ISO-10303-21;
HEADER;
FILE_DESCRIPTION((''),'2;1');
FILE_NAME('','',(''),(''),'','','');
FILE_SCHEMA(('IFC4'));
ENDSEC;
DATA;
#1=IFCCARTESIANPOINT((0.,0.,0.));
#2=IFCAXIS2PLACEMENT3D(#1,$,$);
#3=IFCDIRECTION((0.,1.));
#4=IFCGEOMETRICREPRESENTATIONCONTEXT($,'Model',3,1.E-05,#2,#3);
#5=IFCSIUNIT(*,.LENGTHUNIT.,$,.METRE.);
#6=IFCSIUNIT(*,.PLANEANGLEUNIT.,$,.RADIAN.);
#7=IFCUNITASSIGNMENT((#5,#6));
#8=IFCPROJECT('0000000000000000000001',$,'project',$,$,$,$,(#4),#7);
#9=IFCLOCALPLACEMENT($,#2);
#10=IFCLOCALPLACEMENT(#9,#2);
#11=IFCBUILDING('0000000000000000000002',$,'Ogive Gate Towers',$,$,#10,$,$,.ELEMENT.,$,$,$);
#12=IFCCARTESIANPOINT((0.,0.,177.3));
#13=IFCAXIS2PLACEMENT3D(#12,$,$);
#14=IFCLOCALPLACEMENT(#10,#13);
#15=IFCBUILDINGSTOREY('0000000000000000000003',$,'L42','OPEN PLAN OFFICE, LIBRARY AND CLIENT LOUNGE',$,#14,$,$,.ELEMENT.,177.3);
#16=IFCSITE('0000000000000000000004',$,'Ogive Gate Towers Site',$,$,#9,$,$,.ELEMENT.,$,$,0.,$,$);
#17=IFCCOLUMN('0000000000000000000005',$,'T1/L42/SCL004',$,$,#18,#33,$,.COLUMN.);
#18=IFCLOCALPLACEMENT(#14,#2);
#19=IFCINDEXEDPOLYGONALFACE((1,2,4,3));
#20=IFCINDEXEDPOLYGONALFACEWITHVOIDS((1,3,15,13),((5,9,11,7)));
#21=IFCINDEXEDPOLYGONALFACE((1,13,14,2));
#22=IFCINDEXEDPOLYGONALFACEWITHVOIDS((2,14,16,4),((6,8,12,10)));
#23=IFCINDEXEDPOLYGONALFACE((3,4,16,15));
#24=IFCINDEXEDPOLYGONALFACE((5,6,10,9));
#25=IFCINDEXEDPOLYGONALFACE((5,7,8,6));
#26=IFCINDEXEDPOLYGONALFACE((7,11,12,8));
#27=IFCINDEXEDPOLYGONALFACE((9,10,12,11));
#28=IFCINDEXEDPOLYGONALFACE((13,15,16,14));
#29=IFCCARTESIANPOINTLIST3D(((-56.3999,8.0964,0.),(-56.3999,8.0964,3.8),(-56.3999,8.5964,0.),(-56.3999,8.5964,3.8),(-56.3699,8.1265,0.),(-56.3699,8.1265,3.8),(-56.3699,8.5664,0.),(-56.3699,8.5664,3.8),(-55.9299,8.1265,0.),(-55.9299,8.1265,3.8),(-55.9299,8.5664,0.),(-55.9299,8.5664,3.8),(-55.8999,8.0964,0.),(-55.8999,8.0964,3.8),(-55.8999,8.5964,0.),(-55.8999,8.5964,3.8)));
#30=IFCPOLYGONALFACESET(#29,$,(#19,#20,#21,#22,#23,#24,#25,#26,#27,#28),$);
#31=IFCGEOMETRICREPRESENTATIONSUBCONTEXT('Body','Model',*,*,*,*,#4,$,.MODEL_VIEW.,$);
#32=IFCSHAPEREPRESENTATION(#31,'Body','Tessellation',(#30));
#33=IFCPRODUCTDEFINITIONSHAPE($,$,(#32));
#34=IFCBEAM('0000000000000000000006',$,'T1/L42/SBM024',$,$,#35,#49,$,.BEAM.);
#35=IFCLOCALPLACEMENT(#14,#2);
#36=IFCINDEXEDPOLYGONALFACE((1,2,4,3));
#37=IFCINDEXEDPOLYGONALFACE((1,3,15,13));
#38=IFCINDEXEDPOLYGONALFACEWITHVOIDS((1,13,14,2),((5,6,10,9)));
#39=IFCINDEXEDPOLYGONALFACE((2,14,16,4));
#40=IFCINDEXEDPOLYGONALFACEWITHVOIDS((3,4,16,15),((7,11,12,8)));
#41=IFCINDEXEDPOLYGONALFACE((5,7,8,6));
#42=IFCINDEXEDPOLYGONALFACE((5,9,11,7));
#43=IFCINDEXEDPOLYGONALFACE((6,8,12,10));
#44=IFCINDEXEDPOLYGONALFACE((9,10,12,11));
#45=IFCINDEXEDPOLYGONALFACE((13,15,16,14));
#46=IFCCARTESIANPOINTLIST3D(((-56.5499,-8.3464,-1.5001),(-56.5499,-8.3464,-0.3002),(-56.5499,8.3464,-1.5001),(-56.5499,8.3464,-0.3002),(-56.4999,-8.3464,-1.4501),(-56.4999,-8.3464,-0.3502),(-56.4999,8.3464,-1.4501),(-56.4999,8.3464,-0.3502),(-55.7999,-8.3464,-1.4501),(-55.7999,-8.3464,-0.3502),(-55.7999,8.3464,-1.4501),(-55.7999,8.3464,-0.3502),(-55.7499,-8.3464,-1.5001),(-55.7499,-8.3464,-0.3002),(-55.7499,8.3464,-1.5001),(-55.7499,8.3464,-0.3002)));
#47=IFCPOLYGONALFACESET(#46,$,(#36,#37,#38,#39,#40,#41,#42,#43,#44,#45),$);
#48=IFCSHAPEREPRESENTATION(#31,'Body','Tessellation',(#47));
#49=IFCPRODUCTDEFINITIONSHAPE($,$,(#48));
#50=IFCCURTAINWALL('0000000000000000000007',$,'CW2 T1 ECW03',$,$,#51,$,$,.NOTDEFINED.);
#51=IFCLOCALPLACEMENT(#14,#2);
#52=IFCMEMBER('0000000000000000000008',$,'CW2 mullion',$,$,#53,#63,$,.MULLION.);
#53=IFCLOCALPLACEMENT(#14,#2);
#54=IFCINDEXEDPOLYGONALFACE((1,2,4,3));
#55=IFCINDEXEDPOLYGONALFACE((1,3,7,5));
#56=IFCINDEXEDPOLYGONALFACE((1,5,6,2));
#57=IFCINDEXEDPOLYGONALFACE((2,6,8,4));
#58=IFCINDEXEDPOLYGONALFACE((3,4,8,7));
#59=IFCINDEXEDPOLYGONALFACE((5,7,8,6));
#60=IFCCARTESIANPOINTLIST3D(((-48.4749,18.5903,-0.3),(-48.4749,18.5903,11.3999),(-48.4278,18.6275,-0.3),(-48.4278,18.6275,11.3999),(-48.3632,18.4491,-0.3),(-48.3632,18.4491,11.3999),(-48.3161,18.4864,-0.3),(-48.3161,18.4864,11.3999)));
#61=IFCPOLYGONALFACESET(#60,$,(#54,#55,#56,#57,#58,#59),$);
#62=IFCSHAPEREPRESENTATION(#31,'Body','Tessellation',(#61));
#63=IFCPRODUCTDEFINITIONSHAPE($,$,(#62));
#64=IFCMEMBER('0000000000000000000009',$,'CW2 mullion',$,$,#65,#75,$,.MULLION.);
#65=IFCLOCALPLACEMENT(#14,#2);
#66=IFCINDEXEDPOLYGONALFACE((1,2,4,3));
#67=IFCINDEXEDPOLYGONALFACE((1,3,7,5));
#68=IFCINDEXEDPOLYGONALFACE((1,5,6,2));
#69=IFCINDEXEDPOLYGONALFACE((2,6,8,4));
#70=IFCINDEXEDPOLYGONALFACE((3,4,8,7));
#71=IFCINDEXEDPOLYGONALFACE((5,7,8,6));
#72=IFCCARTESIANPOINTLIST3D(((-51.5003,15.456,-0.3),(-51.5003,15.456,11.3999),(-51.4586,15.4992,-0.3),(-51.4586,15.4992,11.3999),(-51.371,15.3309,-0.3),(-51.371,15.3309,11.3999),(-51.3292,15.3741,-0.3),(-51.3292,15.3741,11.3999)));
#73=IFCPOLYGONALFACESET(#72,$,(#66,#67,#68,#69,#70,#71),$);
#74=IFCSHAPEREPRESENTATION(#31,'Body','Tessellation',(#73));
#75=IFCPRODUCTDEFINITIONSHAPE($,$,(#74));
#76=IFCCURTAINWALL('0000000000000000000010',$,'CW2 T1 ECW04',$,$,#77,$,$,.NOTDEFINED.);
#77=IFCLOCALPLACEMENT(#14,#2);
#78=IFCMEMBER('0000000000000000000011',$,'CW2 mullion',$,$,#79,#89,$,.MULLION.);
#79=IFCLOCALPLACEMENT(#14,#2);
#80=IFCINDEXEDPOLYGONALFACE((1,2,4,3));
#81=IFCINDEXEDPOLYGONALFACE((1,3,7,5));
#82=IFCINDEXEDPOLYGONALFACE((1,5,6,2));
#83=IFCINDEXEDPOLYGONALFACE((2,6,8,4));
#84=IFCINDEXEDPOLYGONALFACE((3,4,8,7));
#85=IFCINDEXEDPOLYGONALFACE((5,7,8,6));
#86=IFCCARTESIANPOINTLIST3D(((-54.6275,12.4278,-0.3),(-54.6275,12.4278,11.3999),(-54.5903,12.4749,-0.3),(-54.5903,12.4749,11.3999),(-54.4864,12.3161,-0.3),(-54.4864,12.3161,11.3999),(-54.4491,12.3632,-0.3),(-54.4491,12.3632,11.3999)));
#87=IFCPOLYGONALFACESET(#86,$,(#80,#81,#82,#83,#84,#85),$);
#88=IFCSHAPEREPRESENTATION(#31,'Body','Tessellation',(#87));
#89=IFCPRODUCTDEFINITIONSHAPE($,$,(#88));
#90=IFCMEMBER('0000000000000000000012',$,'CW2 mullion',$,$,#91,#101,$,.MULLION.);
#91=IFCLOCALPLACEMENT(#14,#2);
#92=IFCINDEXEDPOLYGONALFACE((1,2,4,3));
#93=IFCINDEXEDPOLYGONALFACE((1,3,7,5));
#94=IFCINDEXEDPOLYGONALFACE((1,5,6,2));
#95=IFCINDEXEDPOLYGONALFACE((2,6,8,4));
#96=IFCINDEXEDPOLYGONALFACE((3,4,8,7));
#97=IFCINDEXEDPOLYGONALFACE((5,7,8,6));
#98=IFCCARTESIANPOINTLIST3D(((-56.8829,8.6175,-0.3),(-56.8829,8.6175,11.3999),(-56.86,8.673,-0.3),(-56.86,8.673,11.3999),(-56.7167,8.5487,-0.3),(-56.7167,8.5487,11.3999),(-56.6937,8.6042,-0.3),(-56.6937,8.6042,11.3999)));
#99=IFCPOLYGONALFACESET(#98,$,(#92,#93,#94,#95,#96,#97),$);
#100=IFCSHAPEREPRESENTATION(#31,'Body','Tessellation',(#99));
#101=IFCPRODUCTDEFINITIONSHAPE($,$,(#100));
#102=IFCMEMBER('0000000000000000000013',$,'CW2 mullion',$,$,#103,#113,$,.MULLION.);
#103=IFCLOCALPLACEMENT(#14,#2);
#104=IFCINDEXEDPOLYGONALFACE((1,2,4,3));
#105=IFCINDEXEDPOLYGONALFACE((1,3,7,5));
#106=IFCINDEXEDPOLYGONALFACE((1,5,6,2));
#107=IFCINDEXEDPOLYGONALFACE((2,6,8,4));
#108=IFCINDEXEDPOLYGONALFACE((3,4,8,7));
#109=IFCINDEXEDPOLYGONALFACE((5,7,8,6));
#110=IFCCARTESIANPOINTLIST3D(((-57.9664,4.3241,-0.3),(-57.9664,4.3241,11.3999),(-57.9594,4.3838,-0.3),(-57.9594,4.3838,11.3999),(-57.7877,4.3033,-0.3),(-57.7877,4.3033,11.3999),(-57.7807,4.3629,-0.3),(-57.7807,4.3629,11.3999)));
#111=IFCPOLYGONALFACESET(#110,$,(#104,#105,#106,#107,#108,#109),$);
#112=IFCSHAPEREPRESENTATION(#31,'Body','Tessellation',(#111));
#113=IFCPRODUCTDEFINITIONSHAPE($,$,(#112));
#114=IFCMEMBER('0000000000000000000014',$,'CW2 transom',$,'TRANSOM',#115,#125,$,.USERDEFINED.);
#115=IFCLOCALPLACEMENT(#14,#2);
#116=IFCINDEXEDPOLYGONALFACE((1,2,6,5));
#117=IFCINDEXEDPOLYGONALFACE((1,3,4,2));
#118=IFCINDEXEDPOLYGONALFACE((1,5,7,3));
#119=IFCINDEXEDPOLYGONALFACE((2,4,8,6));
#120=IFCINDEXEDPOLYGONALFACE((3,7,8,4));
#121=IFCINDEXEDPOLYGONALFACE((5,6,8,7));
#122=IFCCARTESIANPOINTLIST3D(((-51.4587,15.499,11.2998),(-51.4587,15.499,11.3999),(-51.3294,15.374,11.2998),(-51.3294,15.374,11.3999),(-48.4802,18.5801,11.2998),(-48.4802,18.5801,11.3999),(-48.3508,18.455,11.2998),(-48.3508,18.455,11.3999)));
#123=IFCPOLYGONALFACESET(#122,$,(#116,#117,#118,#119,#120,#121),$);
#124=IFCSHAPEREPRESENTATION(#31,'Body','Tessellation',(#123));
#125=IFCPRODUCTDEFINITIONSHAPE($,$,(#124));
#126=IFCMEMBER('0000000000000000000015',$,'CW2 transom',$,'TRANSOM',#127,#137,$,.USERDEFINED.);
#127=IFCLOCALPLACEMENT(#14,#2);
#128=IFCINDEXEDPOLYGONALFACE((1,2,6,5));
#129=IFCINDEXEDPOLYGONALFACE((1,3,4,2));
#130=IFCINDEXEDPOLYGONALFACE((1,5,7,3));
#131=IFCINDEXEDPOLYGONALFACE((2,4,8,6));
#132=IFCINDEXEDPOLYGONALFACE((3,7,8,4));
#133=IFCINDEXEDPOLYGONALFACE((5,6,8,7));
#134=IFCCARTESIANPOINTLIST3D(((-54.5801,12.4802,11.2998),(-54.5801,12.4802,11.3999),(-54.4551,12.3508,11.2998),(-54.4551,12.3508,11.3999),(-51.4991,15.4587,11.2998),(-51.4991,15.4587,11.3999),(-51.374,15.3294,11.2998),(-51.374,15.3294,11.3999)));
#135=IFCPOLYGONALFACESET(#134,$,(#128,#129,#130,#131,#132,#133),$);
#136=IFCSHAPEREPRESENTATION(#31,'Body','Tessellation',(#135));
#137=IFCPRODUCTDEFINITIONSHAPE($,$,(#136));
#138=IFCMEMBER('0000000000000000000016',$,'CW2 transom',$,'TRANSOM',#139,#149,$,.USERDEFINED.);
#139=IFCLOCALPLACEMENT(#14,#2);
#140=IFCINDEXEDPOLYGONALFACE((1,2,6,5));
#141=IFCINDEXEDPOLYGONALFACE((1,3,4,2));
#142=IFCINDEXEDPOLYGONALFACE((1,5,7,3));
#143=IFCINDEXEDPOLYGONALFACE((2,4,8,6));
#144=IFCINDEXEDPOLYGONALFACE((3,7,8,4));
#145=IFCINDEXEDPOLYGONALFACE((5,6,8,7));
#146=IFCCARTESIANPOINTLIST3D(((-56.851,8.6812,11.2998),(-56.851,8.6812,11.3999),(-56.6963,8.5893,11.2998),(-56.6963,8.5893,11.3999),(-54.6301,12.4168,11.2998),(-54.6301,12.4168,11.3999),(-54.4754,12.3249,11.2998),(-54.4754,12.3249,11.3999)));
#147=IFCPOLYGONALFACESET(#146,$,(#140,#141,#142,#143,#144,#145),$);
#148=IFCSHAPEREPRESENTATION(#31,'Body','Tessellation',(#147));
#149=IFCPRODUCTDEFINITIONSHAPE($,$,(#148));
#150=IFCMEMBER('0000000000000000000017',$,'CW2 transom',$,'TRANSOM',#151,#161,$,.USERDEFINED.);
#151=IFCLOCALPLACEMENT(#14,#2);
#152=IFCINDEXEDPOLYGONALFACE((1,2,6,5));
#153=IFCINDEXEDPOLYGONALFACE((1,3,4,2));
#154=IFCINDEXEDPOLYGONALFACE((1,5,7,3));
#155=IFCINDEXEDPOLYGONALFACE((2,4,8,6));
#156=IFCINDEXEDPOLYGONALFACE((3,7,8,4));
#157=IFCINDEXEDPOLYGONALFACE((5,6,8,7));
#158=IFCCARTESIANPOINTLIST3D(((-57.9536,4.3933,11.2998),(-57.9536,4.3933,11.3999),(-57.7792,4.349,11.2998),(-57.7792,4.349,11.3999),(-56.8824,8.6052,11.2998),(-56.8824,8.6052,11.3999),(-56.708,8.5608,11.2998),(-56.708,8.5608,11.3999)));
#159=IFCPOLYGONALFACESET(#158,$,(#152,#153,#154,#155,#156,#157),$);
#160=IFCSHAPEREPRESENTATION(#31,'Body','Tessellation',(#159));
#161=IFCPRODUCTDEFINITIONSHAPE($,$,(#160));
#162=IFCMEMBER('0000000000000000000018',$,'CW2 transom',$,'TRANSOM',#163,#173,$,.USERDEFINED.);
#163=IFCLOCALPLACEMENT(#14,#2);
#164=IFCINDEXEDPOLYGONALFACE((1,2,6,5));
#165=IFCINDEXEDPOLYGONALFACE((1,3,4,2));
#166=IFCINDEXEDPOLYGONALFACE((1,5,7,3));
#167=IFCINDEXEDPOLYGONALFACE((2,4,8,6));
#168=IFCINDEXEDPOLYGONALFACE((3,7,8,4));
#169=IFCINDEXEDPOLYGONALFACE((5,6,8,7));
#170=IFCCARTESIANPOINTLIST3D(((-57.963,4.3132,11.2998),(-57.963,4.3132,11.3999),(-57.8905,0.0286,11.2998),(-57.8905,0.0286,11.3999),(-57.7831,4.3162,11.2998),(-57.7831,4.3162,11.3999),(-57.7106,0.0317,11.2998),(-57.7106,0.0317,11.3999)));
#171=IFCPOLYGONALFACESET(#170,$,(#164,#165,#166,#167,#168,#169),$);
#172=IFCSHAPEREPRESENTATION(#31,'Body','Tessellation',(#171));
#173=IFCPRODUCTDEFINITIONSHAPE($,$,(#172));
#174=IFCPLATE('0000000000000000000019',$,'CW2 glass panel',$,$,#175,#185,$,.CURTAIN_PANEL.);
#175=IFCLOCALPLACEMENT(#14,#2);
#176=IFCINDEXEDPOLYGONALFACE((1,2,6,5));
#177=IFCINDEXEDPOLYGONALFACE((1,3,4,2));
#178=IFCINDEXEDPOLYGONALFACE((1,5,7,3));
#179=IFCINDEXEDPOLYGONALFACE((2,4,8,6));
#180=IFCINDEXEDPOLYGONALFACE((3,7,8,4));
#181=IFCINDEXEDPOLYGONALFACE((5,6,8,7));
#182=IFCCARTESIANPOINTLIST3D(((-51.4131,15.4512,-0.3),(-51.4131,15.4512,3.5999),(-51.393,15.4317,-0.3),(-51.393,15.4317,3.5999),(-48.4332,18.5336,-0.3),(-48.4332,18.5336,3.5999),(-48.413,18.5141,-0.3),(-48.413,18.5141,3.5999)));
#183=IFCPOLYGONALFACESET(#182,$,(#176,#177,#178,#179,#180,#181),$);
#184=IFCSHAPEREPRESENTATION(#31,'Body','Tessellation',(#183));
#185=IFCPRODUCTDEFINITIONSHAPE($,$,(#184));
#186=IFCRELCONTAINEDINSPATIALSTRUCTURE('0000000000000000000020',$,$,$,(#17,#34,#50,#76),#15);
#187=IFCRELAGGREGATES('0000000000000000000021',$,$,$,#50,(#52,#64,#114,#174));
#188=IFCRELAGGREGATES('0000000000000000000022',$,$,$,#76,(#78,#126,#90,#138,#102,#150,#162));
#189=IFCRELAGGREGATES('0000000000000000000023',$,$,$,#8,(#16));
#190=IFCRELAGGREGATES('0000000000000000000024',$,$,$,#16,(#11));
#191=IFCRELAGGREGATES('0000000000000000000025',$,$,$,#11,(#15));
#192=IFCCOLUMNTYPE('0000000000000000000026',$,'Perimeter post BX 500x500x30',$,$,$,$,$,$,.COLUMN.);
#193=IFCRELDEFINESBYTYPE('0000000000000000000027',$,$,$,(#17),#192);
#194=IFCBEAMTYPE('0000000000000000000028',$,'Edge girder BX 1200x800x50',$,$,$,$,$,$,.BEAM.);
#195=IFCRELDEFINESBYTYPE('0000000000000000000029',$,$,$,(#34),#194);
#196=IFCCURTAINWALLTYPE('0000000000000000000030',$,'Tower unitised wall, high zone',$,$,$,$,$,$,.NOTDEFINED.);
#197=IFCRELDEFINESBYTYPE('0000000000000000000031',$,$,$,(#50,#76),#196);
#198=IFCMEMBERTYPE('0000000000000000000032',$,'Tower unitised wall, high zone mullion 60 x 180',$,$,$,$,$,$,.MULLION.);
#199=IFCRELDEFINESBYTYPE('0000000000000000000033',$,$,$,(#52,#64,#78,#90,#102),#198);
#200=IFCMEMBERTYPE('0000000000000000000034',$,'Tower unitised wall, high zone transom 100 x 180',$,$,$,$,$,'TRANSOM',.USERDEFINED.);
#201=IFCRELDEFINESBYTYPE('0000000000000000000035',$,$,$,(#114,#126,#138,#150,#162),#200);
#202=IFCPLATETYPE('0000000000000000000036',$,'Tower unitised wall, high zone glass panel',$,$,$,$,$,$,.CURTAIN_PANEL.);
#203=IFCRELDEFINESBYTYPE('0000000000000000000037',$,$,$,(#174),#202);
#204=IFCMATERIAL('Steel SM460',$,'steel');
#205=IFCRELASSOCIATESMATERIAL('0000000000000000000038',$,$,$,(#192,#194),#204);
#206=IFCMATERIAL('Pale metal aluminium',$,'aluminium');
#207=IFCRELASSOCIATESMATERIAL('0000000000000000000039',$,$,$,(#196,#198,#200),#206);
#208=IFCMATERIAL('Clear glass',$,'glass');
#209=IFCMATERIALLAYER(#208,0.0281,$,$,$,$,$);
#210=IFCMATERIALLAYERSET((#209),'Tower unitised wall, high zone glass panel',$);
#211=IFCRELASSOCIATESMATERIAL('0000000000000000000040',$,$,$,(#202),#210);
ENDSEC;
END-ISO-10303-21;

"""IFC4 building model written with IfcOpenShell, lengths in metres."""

from ifc_helpers import new_model, si_unit, direction, frame, origin, origin_2d, place, context, subcontext, project, spatial, rectangle, hollow_rectangle, extrude, material, layer, layer_set, material_profile, profile_set, type_object, element, aggregate, save


model = new_model("IFC4")

# Units and contexts
model_context = context("Model", 3, precision=1e-05, world=origin(), true_north=direction((0.0, 1.0)))
body_context = subcontext(model_context, "Body", "Model", "MODEL_VIEW")
ifc_project = project(units=[si_unit("LENGTHUNIT", "METRE"), si_unit("PLANEANGLEUNIT", "RADIAN")], contexts=[model_context])

# Site, building, storey
site_placement = place(None, origin())
site = spatial("IfcSite", under=ifc_project, at=site_placement, Name="Ogive Gate Towers Site", CompositionType="ELEMENT", RefElevation=0.0)
building_placement = place(site_placement, origin())
building = spatial("IfcBuilding", under=site, at=building_placement, Name="Ogive Gate Towers", CompositionType="ELEMENT")
storey_placement = place(building_placement, frame((0.0, 0.0, 177.3)))
storey = spatial("IfcBuildingStorey", under=building, at=storey_placement, Name="L42", Description="OPEN PLAN OFFICE, LIBRARY AND CLIENT LOUNGE", CompositionType="ELEMENT", Elevation=177.3)

# Column
ifc_material_1 = material(Name="Steel SM460", Category="steel")
ifc_material_profile_1 = material_profile(ifc_material_1, hollow_rectangle(XDim=0.5, YDim=0.5, WallThickness=0.03, at=origin_2d()), Name="BX 500x500x30")
ifc_profile_set_1 = profile_set([ifc_material_profile_1], Name="Steel SM460")
column_type = type_object("IfcColumnType", Name="Perimeter post BX 500x500x30", PredefinedType="COLUMN", material=ifc_profile_set_1)
column_placement = place(storey_placement, frame((-56.1499, 8.3464, 0.0), z_axis=(0.0, 0.0, 1.0), x_axis=(1.0, 0.0, 0.0)))
element("IfcColumn", 1, at=column_placement, inside=storey, type_object=column_type, Name="T1/L42/SCL004", PredefinedType="COLUMN", context=body_context, shape_type="SweptSolid", body=[
    extrude(hollow_rectangle(XDim=0.5, YDim=0.5, WallThickness=0.03, at=origin_2d()), origin(), (0.0, 0.0, 1.0), 3.8),
])

# Beam
ifc_material_profile_2 = material_profile(ifc_material_1, hollow_rectangle(XDim=0.8, YDim=1.2, WallThickness=0.05, at=origin_2d()), Name="BX 1200x800x50")
ifc_profile_set_2 = profile_set([ifc_material_profile_2], Name="Steel SM460")
beam_type = type_object("IfcBeamType", Name="Edge girder BX 1200x800x50", PredefinedType="BEAM", material=ifc_profile_set_2)
beam_placement = place(storey_placement, frame((-56.1499, 8.3464, -0.9001), z_axis=(0.0, -1.0, 0.0), x_axis=(1.0, 0.0, 0.0)))
element("IfcBeam", 2, at=beam_placement, inside=storey, type_object=beam_type, Name="T1/L42/SBM024", PredefinedType="BEAM", context=body_context, shape_type="SweptSolid", body=[
    extrude(hollow_rectangle(XDim=0.8, YDim=1.2, WallThickness=0.05, at=origin_2d()), origin(), (0.0, 0.0, 1.0), 16.6929),
])

# Curtain walls, members
ifc_material_2 = material(Name="Pale metal aluminium", Category="aluminium")
curtain_wall_type = type_object("IfcCurtainWallType", Name="Tower unitised wall, high zone", PredefinedType="NOTDEFINED", material=ifc_material_2)
curtain_wall_1_placement = place(storey_placement, origin())
curtain_wall_1 = element("IfcCurtainWall", 3, at=curtain_wall_1_placement, inside=storey, type_object=curtain_wall_type, Name="CW2 T1 ECW03", PredefinedType="NOTDEFINED")
ifc_material_profile_3 = material_profile(ifc_material_2, rectangle(XDim=0.1799, YDim=0.0601, at=origin_2d()), Name="60 x 180 aluminium box")
ifc_profile_set_3 = profile_set([ifc_material_profile_3], Name="Pale metal aluminium")
member_type_1 = type_object("IfcMemberType", Name="Tower unitised wall, high zone mullion 60 x 180", PredefinedType="MULLION", material=ifc_profile_set_3)
member_1_placement = place(storey_placement, frame((-48.3955, 18.5383, -0.3), z_axis=(0.0, 0.0, 1.0), x_axis=(-0.620464, 0.784235, 0.0)))
member_1 = element("IfcMember", 4, at=member_1_placement, type_object=member_type_1, Name="CW2 mullion", PredefinedType="MULLION", context=body_context, shape_type="SweptSolid", body=[
    extrude(rectangle(XDim=0.1799, YDim=0.0601, at=origin_2d()), origin(), (0.0, 0.0, 1.0), 11.7),
])
member_2_placement = place(storey_placement, frame((-51.4148, 15.415, -0.3), z_axis=(0.0, 0.0, 1.0), x_axis=(-0.718964, 0.695047, 0.0)))
member_2 = element("IfcMember", 5, at=member_2_placement, type_object=member_type_1, Name="CW2 mullion", PredefinedType="MULLION", context=body_context, shape_type="SweptSolid", body=[
    extrude(rectangle(XDim=0.1799, YDim=0.0601, at=origin_2d()), origin(), (0.0, 0.0, 1.0), 11.7),
])
curtain_wall_2_placement = place(storey_placement, origin())
curtain_wall_2 = element("IfcCurtainWall", 6, at=curtain_wall_2_placement, inside=storey, type_object=curtain_wall_type, Name="CW2 T1 ECW04", PredefinedType="NOTDEFINED")
member_3_placement = place(storey_placement, frame((-54.5383, 12.3955, -0.3), z_axis=(0.0, 0.0, 1.0), x_axis=(-0.784235, 0.620464, 0.0)))
member_3 = element("IfcMember", 7, at=member_3_placement, type_object=member_type_1, Name="CW2 mullion", PredefinedType="MULLION", context=body_context, shape_type="SweptSolid", body=[
    extrude(rectangle(XDim=0.1799, YDim=0.0601, at=origin_2d()), origin(), (0.0, 0.0, 1.0), 11.7),
])
member_4_placement = place(storey_placement, frame((-56.7883, 8.6108, -0.3), z_axis=(0.0, 0.0, 1.0), x_axis=(-0.92388, 0.382683, 0.0)))
member_4 = element("IfcMember", 8, at=member_4_placement, type_object=member_type_1, Name="CW2 mullion", PredefinedType="MULLION", context=body_context, shape_type="SweptSolid", body=[
    extrude(rectangle(XDim=0.1799, YDim=0.0601, at=origin_2d()), origin(), (0.0, 0.0, 1.0), 11.7),
])
member_5_placement = place(storey_placement, frame((-57.8735, 4.3435, -0.3), z_axis=(0.0, 0.0, 1.0), x_axis=(-0.993272, 0.115804, 0.0)))
member_5 = element("IfcMember", 9, at=member_5_placement, type_object=member_type_1, Name="CW2 mullion", PredefinedType="MULLION", context=body_context, shape_type="SweptSolid", body=[
    extrude(rectangle(XDim=0.1799, YDim=0.0601, at=origin_2d()), origin(), (0.0, 0.0, 1.0), 11.7),
])

# Members
ifc_material_profile_4 = material_profile(ifc_material_2, rectangle(XDim=0.1799, YDim=0.1001, at=origin_2d()), Name="100 x 180 aluminium box")
ifc_profile_set_4 = profile_set([ifc_material_profile_4], Name="Pale metal aluminium")
member_type_2 = type_object("IfcMemberType", Name="Tower unitised wall, high zone transom 100 x 180", ElementType="TRANSOM", PredefinedType="USERDEFINED", material=ifc_profile_set_4)
member_6_placement = place(storey_placement, frame((-48.4155, 18.5176, 11.3499), z_axis=(-0.695042, -0.718969, 0.0), x_axis=(0.718969, -0.695042, 0.0)))
member_6 = element("IfcMember", 10, at=member_6_placement, type_object=member_type_2, Name="CW2 transom", ObjectType="TRANSOM", PredefinedType="USERDEFINED", context=body_context, shape_type="SweptSolid", body=[
    extrude(rectangle(XDim=0.1799, YDim=0.1001, at=origin_2d()), origin(), (0.0, 0.0, 1.0), 4.2854),
])
member_7_placement = place(storey_placement, frame((-51.4365, 15.394, 11.3499), z_axis=(-0.718969, -0.695042, 0.0), x_axis=(0.695042, -0.718969, 0.0)))
member_7 = element("IfcMember", 11, at=member_7_placement, type_object=member_type_2, Name="CW2 transom", ObjectType="TRANSOM", PredefinedType="USERDEFINED", context=body_context, shape_type="SweptSolid", body=[
    extrude(rectangle(XDim=0.1799, YDim=0.1001, at=origin_2d()), origin(), (0.0, 0.0, 1.0), 4.2854),
])
member_8_placement = place(storey_placement, frame((-54.5527, 12.3708, 11.3499), z_axis=(-0.511038, -0.859558, 0.0), x_axis=(0.859558, -0.511038, 0.0)))
member_8 = element("IfcMember", 12, at=member_8_placement, type_object=member_type_2, Name="CW2 transom", ObjectType="TRANSOM", PredefinedType="USERDEFINED", context=body_context, shape_type="SweptSolid", body=[
    extrude(rectangle(XDim=0.1799, YDim=0.1001, at=origin_2d()), origin(), (0.0, 0.0, 1.0), 4.3459),
])
member_9_placement = place(storey_placement, frame((-56.7952, 8.583, 11.3499), z_axis=(-0.246499, -0.969143, 0.0), x_axis=(0.969143, -0.246499, 0.0)))
member_9 = element("IfcMember", 13, at=member_9_placement, type_object=member_type_2, Name="CW2 transom", ObjectType="TRANSOM", PredefinedType="USERDEFINED", context=body_context, shape_type="SweptSolid", body=[
    extrude(rectangle(XDim=0.1799, YDim=0.1001, at=origin_2d()), origin(), (0.0, 0.0, 1.0), 4.3459),
])
member_10_placement = place(storey_placement, frame((-57.873, 4.3147, 11.3499), z_axis=(0.016922, -0.999857, 0.0), x_axis=(0.999857, 0.016922, 0.0)))
member_10 = element("IfcMember", 14, at=member_10_placement, type_object=member_type_2, Name="CW2 transom", ObjectType="TRANSOM", PredefinedType="USERDEFINED", context=body_context, shape_type="SweptSolid", body=[
    extrude(rectangle(XDim=0.1799, YDim=0.1001, at=origin_2d()), origin(), (0.0, 0.0, 1.0), 4.2852),
])

# Plate
ifc_material_3 = material(Name="Clear glass", Category="glass")
ifc_layer_1 = layer(ifc_material_3, 0.0281)
ifc_layer_set_1 = layer_set([ifc_layer_1], Name="Tower unitised wall, high zone glass panel")
plate_type = type_object("IfcPlateType", Name="Tower unitised wall, high zone glass panel", PredefinedType="CURTAIN_PANEL", material=ifc_layer_set_1)
plate_1_placement = place(storey_placement, frame((-49.9131, 16.9827, -0.3), z_axis=(0.0, 0.0, 1.0), x_axis=(-0.695047, -0.718964, 0.0)))
plate_1 = element("IfcPlate", 15, at=plate_1_placement, type_object=plate_type, Name="CW2 glass panel", PredefinedType="CURTAIN_PANEL", context=body_context, shape_type="SweptSolid", body=[
    extrude(rectangle(XDim=4.2874, YDim=0.0281, at=origin_2d()), origin(), (0.0, 0.0, 1.0), 3.8999),
])
aggregate(curtain_wall_1, [member_1, member_2, member_6, plate_1])
aggregate(curtain_wall_2, [member_3, member_7, member_4, member_8, member_5, member_9, member_10])

save(model, "model.ifc")
